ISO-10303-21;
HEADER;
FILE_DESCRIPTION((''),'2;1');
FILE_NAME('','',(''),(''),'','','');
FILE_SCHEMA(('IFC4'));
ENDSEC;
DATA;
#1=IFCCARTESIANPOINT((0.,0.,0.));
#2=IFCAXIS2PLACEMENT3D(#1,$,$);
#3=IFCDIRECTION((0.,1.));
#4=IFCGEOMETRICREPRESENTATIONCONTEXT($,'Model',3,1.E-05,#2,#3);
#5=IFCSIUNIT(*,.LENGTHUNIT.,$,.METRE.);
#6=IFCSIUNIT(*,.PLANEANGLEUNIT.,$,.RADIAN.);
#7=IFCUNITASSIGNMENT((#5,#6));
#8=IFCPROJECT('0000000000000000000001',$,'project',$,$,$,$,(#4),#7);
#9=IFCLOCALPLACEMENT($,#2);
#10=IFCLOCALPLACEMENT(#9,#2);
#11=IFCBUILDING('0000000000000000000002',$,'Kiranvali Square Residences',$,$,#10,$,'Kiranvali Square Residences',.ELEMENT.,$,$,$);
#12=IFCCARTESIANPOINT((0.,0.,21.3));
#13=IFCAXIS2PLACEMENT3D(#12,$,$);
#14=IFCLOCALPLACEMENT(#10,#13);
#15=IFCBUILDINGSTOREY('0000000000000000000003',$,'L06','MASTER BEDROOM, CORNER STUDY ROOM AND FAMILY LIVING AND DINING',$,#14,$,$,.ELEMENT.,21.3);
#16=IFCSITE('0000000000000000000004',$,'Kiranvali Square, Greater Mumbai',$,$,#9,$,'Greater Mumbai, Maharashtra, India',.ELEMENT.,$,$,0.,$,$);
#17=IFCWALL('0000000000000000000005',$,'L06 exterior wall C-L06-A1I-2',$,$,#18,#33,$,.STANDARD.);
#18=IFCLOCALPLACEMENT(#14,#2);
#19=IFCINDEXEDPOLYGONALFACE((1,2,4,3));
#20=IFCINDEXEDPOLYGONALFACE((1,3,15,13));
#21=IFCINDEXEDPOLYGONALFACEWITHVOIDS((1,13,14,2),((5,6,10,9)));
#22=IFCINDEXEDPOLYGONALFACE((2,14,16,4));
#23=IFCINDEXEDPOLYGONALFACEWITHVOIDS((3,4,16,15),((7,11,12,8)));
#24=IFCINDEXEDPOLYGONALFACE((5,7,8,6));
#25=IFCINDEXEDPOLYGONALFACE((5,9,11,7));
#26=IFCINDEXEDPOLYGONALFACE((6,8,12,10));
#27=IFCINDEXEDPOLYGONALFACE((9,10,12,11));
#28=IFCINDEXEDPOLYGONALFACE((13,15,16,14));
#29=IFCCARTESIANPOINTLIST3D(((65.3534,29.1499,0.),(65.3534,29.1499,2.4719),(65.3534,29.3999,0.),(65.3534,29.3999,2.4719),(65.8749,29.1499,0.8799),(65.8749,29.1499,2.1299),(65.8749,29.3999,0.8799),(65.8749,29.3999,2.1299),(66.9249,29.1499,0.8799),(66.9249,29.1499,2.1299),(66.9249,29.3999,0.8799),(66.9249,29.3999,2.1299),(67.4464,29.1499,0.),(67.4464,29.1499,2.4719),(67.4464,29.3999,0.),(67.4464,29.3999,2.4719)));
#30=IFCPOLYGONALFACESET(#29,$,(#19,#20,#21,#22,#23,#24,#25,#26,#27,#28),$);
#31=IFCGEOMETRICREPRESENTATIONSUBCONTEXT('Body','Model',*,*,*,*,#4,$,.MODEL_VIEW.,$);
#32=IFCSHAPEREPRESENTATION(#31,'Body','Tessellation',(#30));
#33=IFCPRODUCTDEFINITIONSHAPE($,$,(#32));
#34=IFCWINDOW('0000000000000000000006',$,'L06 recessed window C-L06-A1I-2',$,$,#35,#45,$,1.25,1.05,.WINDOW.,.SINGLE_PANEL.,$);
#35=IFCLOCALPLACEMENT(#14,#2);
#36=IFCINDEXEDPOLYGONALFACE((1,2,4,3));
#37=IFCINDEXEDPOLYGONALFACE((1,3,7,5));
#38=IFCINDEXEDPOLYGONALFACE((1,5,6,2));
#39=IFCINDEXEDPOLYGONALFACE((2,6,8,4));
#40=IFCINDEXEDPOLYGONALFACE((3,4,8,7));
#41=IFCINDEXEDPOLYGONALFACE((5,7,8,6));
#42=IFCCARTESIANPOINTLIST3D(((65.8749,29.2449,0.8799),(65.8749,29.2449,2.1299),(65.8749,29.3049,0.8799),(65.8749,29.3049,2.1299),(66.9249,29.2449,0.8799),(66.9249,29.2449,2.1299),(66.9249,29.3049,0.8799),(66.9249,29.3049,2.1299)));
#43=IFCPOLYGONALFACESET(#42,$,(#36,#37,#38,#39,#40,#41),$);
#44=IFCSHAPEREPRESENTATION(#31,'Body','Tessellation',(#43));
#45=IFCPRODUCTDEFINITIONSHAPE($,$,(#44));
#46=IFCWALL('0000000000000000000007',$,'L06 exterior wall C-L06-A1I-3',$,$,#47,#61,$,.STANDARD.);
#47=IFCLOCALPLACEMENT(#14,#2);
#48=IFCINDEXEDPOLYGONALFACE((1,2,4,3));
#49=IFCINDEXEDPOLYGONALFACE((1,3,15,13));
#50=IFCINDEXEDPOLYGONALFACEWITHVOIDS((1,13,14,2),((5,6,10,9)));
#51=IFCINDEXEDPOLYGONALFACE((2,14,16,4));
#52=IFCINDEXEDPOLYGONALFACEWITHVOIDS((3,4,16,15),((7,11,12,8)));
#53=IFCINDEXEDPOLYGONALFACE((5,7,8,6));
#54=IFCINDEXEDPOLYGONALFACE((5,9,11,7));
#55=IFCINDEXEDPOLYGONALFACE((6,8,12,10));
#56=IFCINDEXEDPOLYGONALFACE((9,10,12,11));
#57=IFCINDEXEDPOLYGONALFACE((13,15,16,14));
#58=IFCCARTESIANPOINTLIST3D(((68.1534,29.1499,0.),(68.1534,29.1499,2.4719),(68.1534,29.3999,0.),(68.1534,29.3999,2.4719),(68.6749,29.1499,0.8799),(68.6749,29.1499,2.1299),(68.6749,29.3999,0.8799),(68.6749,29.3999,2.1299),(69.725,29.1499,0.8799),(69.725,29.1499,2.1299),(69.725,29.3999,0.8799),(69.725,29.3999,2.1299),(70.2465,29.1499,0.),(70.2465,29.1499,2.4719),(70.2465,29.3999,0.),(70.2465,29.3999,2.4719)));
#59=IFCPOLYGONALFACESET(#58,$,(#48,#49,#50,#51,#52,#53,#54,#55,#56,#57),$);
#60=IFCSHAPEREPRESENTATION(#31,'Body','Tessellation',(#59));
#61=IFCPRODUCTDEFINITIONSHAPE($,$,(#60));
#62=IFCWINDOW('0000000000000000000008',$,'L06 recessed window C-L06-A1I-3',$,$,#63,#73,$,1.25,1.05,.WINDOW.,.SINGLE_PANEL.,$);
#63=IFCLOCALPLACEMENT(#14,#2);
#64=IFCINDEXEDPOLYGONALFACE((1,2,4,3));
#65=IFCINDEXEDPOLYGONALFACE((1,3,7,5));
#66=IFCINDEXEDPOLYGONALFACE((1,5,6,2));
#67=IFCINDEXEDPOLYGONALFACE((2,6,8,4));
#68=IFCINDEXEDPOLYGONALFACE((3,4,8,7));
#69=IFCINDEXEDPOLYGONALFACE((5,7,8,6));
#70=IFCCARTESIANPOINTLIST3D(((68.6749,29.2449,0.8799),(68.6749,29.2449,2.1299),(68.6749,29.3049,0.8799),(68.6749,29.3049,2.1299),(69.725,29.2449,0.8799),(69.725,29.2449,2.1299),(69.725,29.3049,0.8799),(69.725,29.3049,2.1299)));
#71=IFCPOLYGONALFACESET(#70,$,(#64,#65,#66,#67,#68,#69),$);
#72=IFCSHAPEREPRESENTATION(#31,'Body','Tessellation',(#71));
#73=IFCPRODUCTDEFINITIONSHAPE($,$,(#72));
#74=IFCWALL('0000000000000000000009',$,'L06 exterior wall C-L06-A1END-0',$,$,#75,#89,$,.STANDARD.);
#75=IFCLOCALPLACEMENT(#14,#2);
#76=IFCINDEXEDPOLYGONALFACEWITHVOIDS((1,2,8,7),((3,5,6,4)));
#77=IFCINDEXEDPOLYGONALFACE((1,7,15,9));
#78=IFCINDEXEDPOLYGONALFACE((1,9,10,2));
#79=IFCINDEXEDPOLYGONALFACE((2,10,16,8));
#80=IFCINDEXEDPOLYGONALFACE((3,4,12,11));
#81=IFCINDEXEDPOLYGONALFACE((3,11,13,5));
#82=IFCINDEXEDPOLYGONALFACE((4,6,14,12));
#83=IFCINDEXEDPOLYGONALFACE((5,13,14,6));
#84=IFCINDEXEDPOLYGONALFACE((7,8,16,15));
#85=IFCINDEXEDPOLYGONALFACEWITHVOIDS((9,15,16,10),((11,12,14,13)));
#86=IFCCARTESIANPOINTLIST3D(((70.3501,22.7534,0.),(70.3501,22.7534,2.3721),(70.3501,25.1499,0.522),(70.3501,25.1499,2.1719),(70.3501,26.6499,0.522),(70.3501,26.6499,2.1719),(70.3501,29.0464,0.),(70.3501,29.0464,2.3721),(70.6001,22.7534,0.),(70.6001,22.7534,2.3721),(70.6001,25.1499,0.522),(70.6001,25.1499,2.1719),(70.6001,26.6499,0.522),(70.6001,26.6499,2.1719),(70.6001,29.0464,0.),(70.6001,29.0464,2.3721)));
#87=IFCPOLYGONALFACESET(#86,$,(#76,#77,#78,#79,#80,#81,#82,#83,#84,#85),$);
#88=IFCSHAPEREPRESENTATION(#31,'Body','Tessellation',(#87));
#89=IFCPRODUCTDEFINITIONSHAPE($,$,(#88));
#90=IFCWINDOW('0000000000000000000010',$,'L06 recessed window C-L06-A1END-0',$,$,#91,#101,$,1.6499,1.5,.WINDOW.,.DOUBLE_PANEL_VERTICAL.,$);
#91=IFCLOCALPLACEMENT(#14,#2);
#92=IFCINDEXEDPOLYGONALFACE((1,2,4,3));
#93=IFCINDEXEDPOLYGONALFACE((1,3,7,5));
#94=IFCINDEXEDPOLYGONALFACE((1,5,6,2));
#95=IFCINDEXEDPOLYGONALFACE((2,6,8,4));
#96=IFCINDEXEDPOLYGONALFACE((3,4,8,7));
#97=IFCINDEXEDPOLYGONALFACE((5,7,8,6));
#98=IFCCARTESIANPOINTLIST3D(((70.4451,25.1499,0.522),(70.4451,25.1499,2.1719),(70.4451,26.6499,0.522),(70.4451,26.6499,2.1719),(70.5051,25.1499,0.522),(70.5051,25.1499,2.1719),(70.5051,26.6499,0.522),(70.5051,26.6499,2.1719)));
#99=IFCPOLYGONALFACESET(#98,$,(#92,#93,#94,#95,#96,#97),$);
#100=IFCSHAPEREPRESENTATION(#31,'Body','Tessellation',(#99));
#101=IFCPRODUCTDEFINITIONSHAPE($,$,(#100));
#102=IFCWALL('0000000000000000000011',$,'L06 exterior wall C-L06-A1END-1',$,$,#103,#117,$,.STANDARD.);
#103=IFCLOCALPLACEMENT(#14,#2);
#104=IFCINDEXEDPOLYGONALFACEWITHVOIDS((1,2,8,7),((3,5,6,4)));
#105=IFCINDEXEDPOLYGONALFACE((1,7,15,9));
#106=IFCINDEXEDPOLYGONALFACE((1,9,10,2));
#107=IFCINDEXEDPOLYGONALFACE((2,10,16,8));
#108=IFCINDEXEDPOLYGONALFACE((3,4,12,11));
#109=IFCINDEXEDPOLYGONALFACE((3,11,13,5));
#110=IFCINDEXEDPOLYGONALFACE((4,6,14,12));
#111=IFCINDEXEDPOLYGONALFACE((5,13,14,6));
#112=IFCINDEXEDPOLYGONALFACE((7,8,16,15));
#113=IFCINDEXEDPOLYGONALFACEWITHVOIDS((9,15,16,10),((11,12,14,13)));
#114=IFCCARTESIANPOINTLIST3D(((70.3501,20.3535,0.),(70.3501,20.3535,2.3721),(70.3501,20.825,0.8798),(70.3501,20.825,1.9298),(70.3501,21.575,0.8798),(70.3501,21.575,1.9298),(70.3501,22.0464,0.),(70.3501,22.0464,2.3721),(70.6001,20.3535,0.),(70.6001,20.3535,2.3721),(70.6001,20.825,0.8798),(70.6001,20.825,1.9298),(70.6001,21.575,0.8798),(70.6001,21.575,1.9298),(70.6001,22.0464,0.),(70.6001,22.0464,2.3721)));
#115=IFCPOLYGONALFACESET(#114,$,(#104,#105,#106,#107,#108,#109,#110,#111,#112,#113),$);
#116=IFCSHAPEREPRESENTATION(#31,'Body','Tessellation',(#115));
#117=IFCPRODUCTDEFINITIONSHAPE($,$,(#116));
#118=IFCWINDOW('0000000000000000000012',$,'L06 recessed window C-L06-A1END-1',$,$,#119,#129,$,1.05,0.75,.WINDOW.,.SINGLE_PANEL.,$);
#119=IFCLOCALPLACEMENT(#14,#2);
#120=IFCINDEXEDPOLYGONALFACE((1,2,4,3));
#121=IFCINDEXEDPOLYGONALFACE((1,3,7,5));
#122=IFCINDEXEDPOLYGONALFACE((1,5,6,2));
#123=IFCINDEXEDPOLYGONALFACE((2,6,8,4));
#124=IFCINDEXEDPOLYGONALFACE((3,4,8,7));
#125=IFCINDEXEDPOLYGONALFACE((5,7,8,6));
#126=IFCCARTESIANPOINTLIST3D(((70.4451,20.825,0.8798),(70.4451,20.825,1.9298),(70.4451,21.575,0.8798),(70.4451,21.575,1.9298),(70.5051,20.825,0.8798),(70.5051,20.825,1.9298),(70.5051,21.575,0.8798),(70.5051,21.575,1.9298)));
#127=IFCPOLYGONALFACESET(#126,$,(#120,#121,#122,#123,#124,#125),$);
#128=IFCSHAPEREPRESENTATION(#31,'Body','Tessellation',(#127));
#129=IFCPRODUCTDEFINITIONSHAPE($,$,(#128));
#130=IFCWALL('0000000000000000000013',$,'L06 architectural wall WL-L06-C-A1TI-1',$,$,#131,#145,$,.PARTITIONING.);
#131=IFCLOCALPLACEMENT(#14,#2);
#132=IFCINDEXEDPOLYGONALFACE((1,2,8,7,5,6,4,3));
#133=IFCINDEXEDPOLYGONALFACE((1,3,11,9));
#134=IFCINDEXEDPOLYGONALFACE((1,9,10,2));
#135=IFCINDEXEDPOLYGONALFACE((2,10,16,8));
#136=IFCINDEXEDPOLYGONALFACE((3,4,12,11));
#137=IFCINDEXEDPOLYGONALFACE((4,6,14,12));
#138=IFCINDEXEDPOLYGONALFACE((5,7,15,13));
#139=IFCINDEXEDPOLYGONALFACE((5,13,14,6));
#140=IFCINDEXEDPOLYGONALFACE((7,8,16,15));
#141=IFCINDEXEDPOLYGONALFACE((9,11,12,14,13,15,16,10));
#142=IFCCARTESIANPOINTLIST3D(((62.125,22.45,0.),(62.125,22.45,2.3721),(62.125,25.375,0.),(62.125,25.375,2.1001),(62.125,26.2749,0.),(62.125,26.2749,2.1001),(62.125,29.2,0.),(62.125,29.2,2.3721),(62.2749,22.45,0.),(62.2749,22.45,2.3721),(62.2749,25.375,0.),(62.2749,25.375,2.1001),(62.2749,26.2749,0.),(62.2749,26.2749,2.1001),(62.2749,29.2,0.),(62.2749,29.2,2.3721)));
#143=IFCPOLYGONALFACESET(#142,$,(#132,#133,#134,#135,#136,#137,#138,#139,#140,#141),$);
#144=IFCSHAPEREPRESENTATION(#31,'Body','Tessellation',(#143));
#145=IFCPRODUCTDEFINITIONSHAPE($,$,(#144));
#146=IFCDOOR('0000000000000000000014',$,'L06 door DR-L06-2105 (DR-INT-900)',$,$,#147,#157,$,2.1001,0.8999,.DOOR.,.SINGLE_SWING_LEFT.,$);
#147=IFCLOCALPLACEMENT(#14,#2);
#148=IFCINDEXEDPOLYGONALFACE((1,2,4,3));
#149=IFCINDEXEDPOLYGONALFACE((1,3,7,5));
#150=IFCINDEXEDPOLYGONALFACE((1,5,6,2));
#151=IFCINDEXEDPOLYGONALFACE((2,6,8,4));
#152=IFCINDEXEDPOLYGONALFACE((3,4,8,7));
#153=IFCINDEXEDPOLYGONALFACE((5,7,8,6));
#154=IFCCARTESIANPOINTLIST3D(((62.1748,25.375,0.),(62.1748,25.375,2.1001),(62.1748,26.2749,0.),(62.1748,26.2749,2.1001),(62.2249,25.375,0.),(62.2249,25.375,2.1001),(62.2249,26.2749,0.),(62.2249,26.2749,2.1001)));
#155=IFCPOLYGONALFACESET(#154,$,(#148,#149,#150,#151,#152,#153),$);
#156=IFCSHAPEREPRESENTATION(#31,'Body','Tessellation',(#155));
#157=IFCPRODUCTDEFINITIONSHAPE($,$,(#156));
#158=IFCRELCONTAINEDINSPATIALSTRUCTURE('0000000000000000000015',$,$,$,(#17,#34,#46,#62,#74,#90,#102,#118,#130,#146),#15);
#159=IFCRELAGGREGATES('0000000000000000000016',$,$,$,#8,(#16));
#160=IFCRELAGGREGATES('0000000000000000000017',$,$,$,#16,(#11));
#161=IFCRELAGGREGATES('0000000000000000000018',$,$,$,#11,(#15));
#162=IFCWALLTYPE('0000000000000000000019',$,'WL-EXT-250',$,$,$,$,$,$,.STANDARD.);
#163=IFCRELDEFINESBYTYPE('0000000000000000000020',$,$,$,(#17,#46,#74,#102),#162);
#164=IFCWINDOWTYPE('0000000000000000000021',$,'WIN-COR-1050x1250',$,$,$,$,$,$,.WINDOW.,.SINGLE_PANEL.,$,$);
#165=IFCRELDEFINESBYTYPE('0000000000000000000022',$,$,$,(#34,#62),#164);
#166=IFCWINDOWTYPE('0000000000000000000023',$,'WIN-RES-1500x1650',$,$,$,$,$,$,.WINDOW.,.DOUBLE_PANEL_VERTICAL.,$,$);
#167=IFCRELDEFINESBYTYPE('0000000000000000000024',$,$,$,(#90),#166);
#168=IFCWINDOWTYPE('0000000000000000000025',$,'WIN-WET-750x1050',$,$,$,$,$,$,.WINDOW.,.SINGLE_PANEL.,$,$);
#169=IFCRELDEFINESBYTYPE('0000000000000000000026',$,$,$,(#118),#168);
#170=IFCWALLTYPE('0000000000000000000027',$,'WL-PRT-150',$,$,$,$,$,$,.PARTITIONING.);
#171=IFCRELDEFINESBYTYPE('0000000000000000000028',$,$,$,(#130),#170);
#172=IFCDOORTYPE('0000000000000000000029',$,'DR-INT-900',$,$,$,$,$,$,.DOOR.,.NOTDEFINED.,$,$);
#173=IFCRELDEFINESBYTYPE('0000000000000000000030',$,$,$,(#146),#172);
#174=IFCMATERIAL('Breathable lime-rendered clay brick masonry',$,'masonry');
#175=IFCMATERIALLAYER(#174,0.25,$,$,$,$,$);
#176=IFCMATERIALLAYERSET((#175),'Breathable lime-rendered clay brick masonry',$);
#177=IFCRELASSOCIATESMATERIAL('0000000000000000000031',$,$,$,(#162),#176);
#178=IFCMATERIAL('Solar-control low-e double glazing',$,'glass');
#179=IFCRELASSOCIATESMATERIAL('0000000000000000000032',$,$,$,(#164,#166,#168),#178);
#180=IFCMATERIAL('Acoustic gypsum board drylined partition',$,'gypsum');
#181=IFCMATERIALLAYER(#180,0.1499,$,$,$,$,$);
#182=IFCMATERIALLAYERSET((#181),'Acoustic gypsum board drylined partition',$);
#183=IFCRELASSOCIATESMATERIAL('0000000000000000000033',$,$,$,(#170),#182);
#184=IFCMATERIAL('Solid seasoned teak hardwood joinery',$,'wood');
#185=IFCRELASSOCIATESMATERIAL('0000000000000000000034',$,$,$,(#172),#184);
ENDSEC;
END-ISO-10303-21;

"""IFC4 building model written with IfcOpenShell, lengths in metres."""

from ifc_helpers import new_model, si_unit, direction, frame, frame_2d, origin, place, context, subcontext, project, spatial, rectangle, extrude, material, layer, layer_set, type_object, element, fill, save


model = new_model("IFC4")

# Units and contexts
model_context = context("Model", 3, precision=1e-05, world=origin(), true_north=direction((0.0, 1.0)))
body_context = subcontext(model_context, "Body", "Model", "MODEL_VIEW")
ifc_project = project(units=[si_unit("LENGTHUNIT", "METRE"), si_unit("PLANEANGLEUNIT", "RADIAN")], contexts=[model_context])

# Site, building, storey
site_placement = place(None, origin())
site = spatial("IfcSite", under=ifc_project, at=site_placement, Name="Kiranvali Square, Greater Mumbai", LongName="Greater Mumbai, Maharashtra, India", CompositionType="ELEMENT", RefElevation=0.0)
building_placement = place(site_placement, origin())
building = spatial("IfcBuilding", under=site, at=building_placement, Name="Kiranvali Square Residences", LongName="Kiranvali Square Residences", CompositionType="ELEMENT")
storey_placement = place(building_placement, frame((0.0, 0.0, 21.3)))
storey = spatial("IfcBuildingStorey", under=building, at=storey_placement, Name="L06", Description="MASTER BEDROOM, CORNER STUDY ROOM AND FAMILY LIVING AND DINING", CompositionType="ELEMENT", Elevation=21.3)

# Walls, openings, windows
ifc_material_1 = material(Name="Breathable lime-rendered clay brick masonry", Category="masonry")
ifc_layer_1 = layer(ifc_material_1, 0.25)
ifc_layer_set_1 = layer_set([ifc_layer_1], Name="Breathable lime-rendered clay brick masonry")
wall_type_1 = type_object("IfcWallType", Name="WL-EXT-250", PredefinedType="STANDARD", material=ifc_layer_set_1)
ifc_material_2 = material(Name="Solar-control low-e double glazing", Category="glass")
window_type_1 = type_object("IfcWindowType", Name="WIN-COR-1050x1250", PartitioningType="SINGLE_PANEL", PredefinedType="WINDOW", material=ifc_material_2)
wall_1_placement = place(storey_placement, frame((65.3535, 29.2749, 0.0), z_axis=(0.0, 0.0, 1.0), x_axis=(1.0, 0.0, 0.0)))
wall_1 = element("IfcWall", 1, at=wall_1_placement, inside=storey, type_object=wall_type_1, Name="L06 exterior wall C-L06-A1I-2", PredefinedType="STANDARD", context=body_context, shape_type="SweptSolid", body=[
    extrude(rectangle(XDim=2.093, YDim=0.25, at=frame_2d((1.0464, 0.0))), origin(), (0.0, 0.0, 1.0), 2.4719),
])
opening_1_placement = place(wall_1_placement, frame((0.5215, 0.0, 0.8799)))
opening_1 = element("IfcOpeningElement", 2, at=opening_1_placement, cuts=wall_1, PredefinedType="OPENING", context=body_context, shape_type="SweptSolid", body=[
    extrude(rectangle(XDim=1.05, YDim=1.25, at=frame_2d((0.5249, 0.625))), frame((0.0, 0.135, 0.0), z_axis=(0.0, -1.0, 0.0), x_axis=(1.0, 0.0, 0.0)), (0.0, 0.0, 1.0), 0.27),
])
window_1_placement = place(opening_1_placement, origin())
window_1 = element("IfcWindow", 3, at=window_1_placement, inside=storey, type_object=window_type_1, Name="L06 recessed window C-L06-A1I-2", OverallHeight=1.25, OverallWidth=1.05, PartitioningType="SINGLE_PANEL", PredefinedType="WINDOW", context=body_context, shape_type="SweptSolid", body=[
    extrude(rectangle(XDim=1.05, YDim=1.25, at=frame_2d((0.5249, 0.625))), frame((0.0, 0.03, 0.0), z_axis=(0.0, -1.0, 0.0), x_axis=(1.0, 0.0, 0.0)), (0.0, 0.0, 1.0), 0.0601),
])
fill(opening_1, window_1)
wall_2_placement = place(storey_placement, frame((68.1536, 29.2749, 0.0), z_axis=(0.0, 0.0, 1.0), x_axis=(1.0, 0.0, 0.0)))
wall_2 = element("IfcWall", 4, at=wall_2_placement, inside=storey, type_object=wall_type_1, Name="L06 exterior wall C-L06-A1I-3", PredefinedType="STANDARD", context=body_context, shape_type="SweptSolid", body=[
    extrude(rectangle(XDim=2.093, YDim=0.25, at=frame_2d((1.0464, 0.0))), origin(), (0.0, 0.0, 1.0), 2.4719),
])
opening_2_placement = place(wall_2_placement, frame((0.5215, 0.0, 0.8799)))
opening_2 = element("IfcOpeningElement", 5, at=opening_2_placement, cuts=wall_2, PredefinedType="OPENING", context=body_context, shape_type="SweptSolid", body=[
    extrude(rectangle(XDim=1.05, YDim=1.25, at=frame_2d((0.5249, 0.625))), frame((0.0, 0.135, 0.0), z_axis=(0.0, -1.0, 0.0), x_axis=(1.0, 0.0, 0.0)), (0.0, 0.0, 1.0), 0.27),
])
window_2_placement = place(opening_2_placement, origin())
window_2 = element("IfcWindow", 6, at=window_2_placement, inside=storey, type_object=window_type_1, Name="L06 recessed window C-L06-A1I-3", OverallHeight=1.25, OverallWidth=1.05, PartitioningType="SINGLE_PANEL", PredefinedType="WINDOW", context=body_context, shape_type="SweptSolid", body=[
    extrude(rectangle(XDim=1.05, YDim=1.25, at=frame_2d((0.5249, 0.625))), frame((0.0, 0.03, 0.0), z_axis=(0.0, -1.0, 0.0), x_axis=(1.0, 0.0, 0.0)), (0.0, 0.0, 1.0), 0.0601),
])
fill(opening_2, window_2)
wall_3_placement = place(storey_placement, frame((70.4751, 29.0464, 0.0), z_axis=(0.0, 0.0, 1.0), x_axis=(0.0, -1.0, 0.0)))
wall_3 = element("IfcWall", 7, at=wall_3_placement, inside=storey, type_object=wall_type_1, Name="L06 exterior wall C-L06-A1END-0", PredefinedType="STANDARD", context=body_context, shape_type="SweptSolid", body=[
    extrude(rectangle(XDim=6.293, YDim=0.25, at=frame_2d((3.1465, 0.0))), origin(), (0.0, 0.0, 1.0), 2.3721),
])
opening_3_placement = place(wall_3_placement, frame((2.3965, 0.0, 0.522)))
opening_3 = element("IfcOpeningElement", 8, at=opening_3_placement, cuts=wall_3, PredefinedType="OPENING", context=body_context, shape_type="SweptSolid", body=[
    extrude(rectangle(XDim=1.5, YDim=1.6499, at=frame_2d((0.75, 0.825))), frame((0.0, 0.135, 0.0), z_axis=(0.0, -1.0, 0.0), x_axis=(1.0, 0.0, 0.0)), (0.0, 0.0, 1.0), 0.27),
])
window_type_2 = type_object("IfcWindowType", Name="WIN-RES-1500x1650", PartitioningType="DOUBLE_PANEL_VERTICAL", PredefinedType="WINDOW", material=ifc_material_2)
window_3_placement = place(opening_3_placement, origin())
window_3 = element("IfcWindow", 9, at=window_3_placement, inside=storey, type_object=window_type_2, Name="L06 recessed window C-L06-A1END-0", OverallHeight=1.6499, OverallWidth=1.5, PartitioningType="DOUBLE_PANEL_VERTICAL", PredefinedType="WINDOW", context=body_context, shape_type="SweptSolid", body=[
    extrude(rectangle(XDim=1.5, YDim=1.6499, at=frame_2d((0.75, 0.825))), frame((0.0, 0.03, 0.0), z_axis=(0.0, -1.0, 0.0), x_axis=(1.0, 0.0, 0.0)), (0.0, 0.0, 1.0), 0.0601),
])
fill(opening_3, window_3)
wall_4_placement = place(storey_placement, frame((70.4751, 22.0464, 0.0), z_axis=(0.0, 0.0, 1.0), x_axis=(0.0, -1.0, 0.0)))
wall_4 = element("IfcWall", 10, at=wall_4_placement, inside=storey, type_object=wall_type_1, Name="L06 exterior wall C-L06-A1END-1", PredefinedType="STANDARD", context=body_context, shape_type="SweptSolid", body=[
    extrude(rectangle(XDim=1.6929, YDim=0.25, at=frame_2d((0.8464, 0.0))), origin(), (0.0, 0.0, 1.0), 2.3721),
])
opening_4_placement = place(wall_4_placement, frame((0.4714, 0.0, 0.8799)))
opening_4 = element("IfcOpeningElement", 11, at=opening_4_placement, cuts=wall_4, PredefinedType="OPENING", context=body_context, shape_type="SweptSolid", body=[
    extrude(rectangle(XDim=0.75, YDim=1.05, at=frame_2d((0.375, 0.5249))), frame((0.0, 0.135, 0.0), z_axis=(0.0, -1.0, 0.0), x_axis=(1.0, 0.0, 0.0)), (0.0, 0.0, 1.0), 0.27),
])
window_type_3 = type_object("IfcWindowType", Name="WIN-WET-750x1050", PartitioningType="SINGLE_PANEL", PredefinedType="WINDOW", material=ifc_material_2)
window_4_placement = place(opening_4_placement, origin())
window_4 = element("IfcWindow", 12, at=window_4_placement, inside=storey, type_object=window_type_3, Name="L06 recessed window C-L06-A1END-1", OverallHeight=1.05, OverallWidth=0.75, PartitioningType="SINGLE_PANEL", PredefinedType="WINDOW", context=body_context, shape_type="SweptSolid", body=[
    extrude(rectangle(XDim=0.75, YDim=1.05, at=frame_2d((0.375, 0.5249))), frame((0.0, 0.03, 0.0), z_axis=(0.0, -1.0, 0.0), x_axis=(1.0, 0.0, 0.0)), (0.0, 0.0, 1.0), 0.0601),
])
fill(opening_4, window_4)

# Wall, opening, door
ifc_material_3 = material(Name="Acoustic gypsum board drylined partition", Category="gypsum")
ifc_layer_2 = layer(ifc_material_3, 0.1499)
ifc_layer_set_2 = layer_set([ifc_layer_2], Name="Acoustic gypsum board drylined partition")
wall_type_2 = type_object("IfcWallType", Name="WL-PRT-150", PredefinedType="PARTITIONING", material=ifc_layer_set_2)
wall_5_placement = place(storey_placement, frame((62.2, 29.2, 0.0), z_axis=(0.0, 0.0, 1.0), x_axis=(0.0, -1.0, 0.0)))
wall_5 = element("IfcWall", 13, at=wall_5_placement, inside=storey, type_object=wall_type_2, Name="L06 architectural wall WL-L06-C-A1TI-1", PredefinedType="PARTITIONING", context=body_context, shape_type="SweptSolid", body=[
    extrude(rectangle(XDim=6.75, YDim=0.1499, at=frame_2d((3.375, 0.0))), origin(), (0.0, 0.0, 1.0), 2.3721),
])
opening_5_placement = place(wall_5_placement, frame((2.925, 0.0, 0.0)))
opening_5 = element("IfcOpeningElement", 14, at=opening_5_placement, cuts=wall_5, PredefinedType="OPENING", context=body_context, shape_type="SweptSolid", body=[
    extrude(rectangle(XDim=0.8999, YDim=2.1001, at=frame_2d((0.45, 1.05))), frame((0.0, 0.085, 0.0), z_axis=(0.0, -1.0, 0.0), x_axis=(1.0, 0.0, 0.0)), (0.0, 0.0, 1.0), 0.1699),
])
ifc_material_4 = material(Name="Solid seasoned teak hardwood joinery", Category="wood")
door_type_1 = type_object("IfcDoorType", Name="DR-INT-900", OperationType="NOTDEFINED", PredefinedType="DOOR", material=ifc_material_4)
door_1_placement = place(opening_5_placement, origin())
door_1 = element("IfcDoor", 15, at=door_1_placement, inside=storey, type_object=door_type_1, Name="L06 door DR-L06-2105 (DR-INT-900)", OperationType="SINGLE_SWING_LEFT", OverallHeight=2.1001, OverallWidth=0.8999, PredefinedType="DOOR", context=body_context, shape_type="SweptSolid", body=[
    extrude(rectangle(XDim=0.8999, YDim=2.1001, at=frame_2d((0.45, 1.05))), frame((0.0, 0.0249, 0.0), z_axis=(0.0, -1.0, 0.0), x_axis=(1.0, 0.0, 0.0)), (0.0, 0.0, 1.0), 0.05),
])
fill(opening_5, door_1)

save(model, "model.ifc")
